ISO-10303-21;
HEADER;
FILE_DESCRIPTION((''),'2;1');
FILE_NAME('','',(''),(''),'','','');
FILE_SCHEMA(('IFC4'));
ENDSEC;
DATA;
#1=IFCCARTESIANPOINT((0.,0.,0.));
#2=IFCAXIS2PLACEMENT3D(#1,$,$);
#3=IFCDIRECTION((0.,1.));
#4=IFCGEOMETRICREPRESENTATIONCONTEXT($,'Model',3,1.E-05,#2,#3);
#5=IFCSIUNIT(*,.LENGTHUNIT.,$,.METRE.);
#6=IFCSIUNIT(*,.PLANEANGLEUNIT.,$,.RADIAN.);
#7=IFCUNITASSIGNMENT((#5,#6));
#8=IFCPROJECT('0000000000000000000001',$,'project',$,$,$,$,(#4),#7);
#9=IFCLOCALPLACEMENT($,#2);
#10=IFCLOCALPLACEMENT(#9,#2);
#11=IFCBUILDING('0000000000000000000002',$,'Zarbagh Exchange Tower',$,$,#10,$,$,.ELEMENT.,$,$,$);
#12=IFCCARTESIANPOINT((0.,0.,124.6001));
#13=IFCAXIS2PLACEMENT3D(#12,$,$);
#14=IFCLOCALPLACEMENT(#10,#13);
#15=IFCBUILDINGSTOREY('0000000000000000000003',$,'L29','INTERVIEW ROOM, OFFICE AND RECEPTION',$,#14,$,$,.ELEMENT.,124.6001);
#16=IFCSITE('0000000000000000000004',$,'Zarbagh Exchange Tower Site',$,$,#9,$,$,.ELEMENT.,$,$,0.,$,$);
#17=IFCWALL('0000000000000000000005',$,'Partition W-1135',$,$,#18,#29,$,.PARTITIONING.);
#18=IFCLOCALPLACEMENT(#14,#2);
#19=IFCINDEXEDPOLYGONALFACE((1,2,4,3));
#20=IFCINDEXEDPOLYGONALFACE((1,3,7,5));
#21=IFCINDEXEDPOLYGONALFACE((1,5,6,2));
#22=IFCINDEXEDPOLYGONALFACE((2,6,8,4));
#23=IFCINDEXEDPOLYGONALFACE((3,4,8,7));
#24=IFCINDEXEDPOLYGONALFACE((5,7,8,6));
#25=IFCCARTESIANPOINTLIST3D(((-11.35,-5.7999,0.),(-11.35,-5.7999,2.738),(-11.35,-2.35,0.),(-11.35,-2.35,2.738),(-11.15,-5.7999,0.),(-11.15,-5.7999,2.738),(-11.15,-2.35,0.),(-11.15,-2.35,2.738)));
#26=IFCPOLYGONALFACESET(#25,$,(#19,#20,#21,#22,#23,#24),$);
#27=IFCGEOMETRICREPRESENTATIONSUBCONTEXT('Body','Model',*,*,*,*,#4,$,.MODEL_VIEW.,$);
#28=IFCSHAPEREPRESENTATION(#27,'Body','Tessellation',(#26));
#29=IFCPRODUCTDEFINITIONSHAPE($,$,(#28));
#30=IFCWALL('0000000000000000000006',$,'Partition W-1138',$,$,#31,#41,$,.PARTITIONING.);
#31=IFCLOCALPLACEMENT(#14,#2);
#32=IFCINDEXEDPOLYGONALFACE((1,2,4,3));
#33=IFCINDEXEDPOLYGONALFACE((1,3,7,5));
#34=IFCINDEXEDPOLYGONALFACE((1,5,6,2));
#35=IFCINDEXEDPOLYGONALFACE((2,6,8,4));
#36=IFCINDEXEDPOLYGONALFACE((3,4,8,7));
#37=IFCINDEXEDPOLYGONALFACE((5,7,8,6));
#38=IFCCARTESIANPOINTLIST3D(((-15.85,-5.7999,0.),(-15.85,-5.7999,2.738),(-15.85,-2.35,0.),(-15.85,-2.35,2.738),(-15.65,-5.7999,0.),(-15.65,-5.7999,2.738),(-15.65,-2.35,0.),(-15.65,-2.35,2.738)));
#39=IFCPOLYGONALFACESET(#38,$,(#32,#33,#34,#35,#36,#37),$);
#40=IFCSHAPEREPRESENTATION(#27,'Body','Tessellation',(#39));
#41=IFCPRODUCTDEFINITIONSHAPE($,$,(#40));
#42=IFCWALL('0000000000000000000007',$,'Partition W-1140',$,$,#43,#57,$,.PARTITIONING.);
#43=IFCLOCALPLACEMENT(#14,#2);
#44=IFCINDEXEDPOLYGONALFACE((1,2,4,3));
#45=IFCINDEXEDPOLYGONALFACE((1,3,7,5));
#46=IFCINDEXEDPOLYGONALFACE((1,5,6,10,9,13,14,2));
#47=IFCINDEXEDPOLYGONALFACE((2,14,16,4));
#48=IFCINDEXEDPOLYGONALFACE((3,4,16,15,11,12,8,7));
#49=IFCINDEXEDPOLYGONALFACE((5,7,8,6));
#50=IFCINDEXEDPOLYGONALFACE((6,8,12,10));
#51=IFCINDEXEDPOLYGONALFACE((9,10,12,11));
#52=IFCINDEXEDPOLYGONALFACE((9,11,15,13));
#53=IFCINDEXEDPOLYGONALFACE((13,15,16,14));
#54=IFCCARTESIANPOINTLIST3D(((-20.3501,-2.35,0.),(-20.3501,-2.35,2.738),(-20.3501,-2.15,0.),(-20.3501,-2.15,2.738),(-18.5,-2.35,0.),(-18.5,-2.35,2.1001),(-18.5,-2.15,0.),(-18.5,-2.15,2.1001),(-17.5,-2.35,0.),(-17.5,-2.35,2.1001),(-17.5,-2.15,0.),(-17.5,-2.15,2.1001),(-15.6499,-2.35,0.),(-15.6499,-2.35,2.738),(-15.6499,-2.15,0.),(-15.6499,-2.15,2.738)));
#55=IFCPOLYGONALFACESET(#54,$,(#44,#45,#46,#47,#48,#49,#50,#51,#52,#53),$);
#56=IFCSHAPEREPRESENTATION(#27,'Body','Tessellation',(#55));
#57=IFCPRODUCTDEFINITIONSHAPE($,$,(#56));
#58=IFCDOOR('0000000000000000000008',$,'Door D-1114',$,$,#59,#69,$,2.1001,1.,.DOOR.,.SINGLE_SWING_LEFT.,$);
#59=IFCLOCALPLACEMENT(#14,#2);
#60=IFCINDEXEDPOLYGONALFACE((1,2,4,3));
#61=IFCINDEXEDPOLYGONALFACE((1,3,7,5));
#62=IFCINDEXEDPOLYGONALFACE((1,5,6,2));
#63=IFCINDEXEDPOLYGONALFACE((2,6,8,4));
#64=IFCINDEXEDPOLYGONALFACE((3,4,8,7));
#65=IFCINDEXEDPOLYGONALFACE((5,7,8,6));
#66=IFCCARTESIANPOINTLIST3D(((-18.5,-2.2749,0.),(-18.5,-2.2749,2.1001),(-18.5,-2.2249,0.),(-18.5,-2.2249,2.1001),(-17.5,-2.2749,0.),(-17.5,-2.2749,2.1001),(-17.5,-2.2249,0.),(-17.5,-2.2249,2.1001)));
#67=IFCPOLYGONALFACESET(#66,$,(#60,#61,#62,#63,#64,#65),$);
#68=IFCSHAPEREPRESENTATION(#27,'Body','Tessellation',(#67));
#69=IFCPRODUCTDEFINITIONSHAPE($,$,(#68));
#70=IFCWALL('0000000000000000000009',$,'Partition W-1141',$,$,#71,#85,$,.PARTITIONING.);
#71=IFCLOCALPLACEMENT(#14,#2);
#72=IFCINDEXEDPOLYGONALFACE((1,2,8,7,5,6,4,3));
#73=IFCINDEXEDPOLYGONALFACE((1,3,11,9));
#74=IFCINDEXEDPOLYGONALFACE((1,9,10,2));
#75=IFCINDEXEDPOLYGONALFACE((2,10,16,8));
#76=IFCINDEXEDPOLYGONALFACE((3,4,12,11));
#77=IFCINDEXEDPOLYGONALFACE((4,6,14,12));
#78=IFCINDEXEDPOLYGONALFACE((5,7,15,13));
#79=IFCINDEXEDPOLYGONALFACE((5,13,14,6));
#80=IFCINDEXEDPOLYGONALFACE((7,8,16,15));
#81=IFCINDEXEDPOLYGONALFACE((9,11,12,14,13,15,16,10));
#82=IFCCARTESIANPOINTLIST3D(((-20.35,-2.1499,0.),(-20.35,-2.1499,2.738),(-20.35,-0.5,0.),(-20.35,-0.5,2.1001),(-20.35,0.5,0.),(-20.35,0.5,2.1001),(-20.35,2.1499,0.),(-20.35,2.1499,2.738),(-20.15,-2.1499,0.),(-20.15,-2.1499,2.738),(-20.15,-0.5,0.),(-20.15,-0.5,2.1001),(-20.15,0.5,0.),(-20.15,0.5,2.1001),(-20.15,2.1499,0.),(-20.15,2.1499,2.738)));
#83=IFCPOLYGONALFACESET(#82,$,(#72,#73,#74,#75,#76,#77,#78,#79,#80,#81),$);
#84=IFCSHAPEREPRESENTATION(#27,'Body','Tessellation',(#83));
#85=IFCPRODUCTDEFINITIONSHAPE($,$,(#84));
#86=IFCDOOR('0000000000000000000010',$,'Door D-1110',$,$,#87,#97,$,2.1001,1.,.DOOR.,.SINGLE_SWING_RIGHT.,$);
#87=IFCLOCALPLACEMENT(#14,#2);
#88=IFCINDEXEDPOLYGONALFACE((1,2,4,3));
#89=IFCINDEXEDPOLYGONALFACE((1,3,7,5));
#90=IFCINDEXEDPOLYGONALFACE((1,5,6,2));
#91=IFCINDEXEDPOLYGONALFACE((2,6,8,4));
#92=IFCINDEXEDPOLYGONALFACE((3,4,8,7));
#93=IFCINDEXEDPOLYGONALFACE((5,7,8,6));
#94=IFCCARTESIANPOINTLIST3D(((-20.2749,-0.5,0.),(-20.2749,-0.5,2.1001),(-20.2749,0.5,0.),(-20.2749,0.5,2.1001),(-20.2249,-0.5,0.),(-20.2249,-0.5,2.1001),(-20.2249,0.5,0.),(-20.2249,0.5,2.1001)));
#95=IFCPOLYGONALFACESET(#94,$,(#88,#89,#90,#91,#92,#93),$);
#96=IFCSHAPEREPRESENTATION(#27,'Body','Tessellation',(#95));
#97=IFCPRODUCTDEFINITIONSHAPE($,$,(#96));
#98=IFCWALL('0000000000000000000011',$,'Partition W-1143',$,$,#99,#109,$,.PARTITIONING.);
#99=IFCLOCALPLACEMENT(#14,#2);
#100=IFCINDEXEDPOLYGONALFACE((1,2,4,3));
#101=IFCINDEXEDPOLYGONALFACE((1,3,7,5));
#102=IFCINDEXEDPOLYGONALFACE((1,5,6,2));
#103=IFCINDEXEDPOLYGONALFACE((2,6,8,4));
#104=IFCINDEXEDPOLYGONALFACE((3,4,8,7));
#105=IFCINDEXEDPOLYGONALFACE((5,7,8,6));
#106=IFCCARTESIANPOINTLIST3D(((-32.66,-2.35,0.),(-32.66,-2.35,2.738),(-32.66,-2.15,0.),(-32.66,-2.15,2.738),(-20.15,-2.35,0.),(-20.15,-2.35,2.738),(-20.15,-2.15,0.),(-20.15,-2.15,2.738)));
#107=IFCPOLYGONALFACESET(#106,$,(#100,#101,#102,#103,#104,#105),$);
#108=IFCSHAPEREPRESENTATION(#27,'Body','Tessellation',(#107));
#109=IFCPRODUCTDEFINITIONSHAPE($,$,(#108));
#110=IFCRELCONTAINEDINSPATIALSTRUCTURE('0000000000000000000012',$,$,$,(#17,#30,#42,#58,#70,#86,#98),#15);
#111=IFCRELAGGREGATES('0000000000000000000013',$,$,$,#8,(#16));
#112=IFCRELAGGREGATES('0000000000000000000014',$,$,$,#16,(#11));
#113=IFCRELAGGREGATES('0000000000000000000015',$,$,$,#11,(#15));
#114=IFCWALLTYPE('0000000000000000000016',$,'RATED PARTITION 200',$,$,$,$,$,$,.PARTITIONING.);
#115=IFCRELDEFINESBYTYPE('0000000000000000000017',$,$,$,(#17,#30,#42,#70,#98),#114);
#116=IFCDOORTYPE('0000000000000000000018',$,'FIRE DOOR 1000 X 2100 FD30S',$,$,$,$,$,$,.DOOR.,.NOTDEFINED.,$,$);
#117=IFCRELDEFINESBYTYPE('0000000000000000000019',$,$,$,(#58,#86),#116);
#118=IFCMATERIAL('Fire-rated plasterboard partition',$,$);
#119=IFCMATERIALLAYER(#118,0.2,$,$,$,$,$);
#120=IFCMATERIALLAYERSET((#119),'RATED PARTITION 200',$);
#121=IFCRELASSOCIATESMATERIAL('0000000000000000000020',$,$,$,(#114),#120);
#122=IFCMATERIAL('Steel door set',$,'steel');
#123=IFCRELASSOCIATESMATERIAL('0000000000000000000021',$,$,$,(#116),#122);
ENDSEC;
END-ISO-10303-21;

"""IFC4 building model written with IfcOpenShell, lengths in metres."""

from ifc_helpers import new_model, si_unit, direction, frame, frame_2d, origin, place, context, subcontext, project, spatial, rectangle, extrude, material, layer, layer_set, type_object, element, fill, save


model = new_model("IFC4")

# Units and contexts
model_context = context("Model", 3, precision=1e-05, world=origin(), true_north=direction((0.0, 1.0)))
body_context = subcontext(model_context, "Body", "Model", "MODEL_VIEW")
ifc_project = project(units=[si_unit("LENGTHUNIT", "METRE"), si_unit("PLANEANGLEUNIT", "RADIAN")], contexts=[model_context])

# Site, building, storey
site_placement = place(None, origin())
site = spatial("IfcSite", under=ifc_project, at=site_placement, Name="Zarbagh Exchange Tower Site", CompositionType="ELEMENT", RefElevation=0.0)
building_placement = place(site_placement, origin())
building = spatial("IfcBuilding", under=site, at=building_placement, Name="Zarbagh Exchange Tower", CompositionType="ELEMENT")
storey_placement = place(building_placement, frame((0.0, 0.0, 124.6001)))
storey = spatial("IfcBuildingStorey", under=building, at=storey_placement, Name="L29", Description="INTERVIEW ROOM, OFFICE AND RECEPTION", CompositionType="ELEMENT", Elevation=124.6001)

# Shared definitions
ifc_material_1 = material(Name="Fire-rated plasterboard partition")
ifc_layer = layer(ifc_material_1, 0.2)
ifc_layer_set = layer_set([ifc_layer], Name="RATED PARTITION 200")
wall_type = type_object("IfcWallType", Name="RATED PARTITION 200", PredefinedType="PARTITIONING", material=ifc_layer_set)

# Shared definitions
ifc_material_2 = material(Name="Steel door set", Category="steel")
door_type = type_object("IfcDoorType", Name="FIRE DOOR 1000 X 2100 FD30S", OperationType="NOTDEFINED", PredefinedType="DOOR", material=ifc_material_2)

# Walls
for number, where, z_axis, x_axis, name in (
    (1, (-11.25, -5.8, 0.0), (0.0, 0.0, 1.0), (0.0, 1.0, 0.0), "Partition W-1135"),
    (2, (-15.75, -5.8, 0.0), (0.0, 0.0, 1.0), (0.0, 1.0, 0.0), "Partition W-1138"),
):
    element("IfcWall", number, at=place(storey_placement, frame(where, z_axis=z_axis, x_axis=x_axis)), inside=storey, type_object=wall_type, Name=name, PredefinedType="PARTITIONING", context=body_context, shape_type="SweptSolid", body=[
        extrude(rectangle(XDim=3.45, YDim=0.2, at=frame_2d((1.7251, 0.0))), origin(), (0.0, 0.0, 1.0), 2.738),
    ])

# Walls, openings, doors
wall_1_placement = place(storey_placement, frame((-15.6499, -2.25, 0.0), z_axis=(0.0, 0.0, 1.0), x_axis=(-1.0, 0.0, 0.0)))
wall_1 = element("IfcWall", 3, at=wall_1_placement, inside=storey, type_object=wall_type, Name="Partition W-1140", PredefinedType="PARTITIONING", context=body_context, shape_type="SweptSolid", body=[
    extrude(rectangle(XDim=4.7002, YDim=0.2, at=frame_2d((2.3501, 0.0))), origin(), (0.0, 0.0, 1.0), 2.738),
])
opening_1_placement = place(wall_1_placement, frame((1.8501, 0.0, 0.0)))
opening_1 = element("IfcOpeningElement", 4, at=opening_1_placement, cuts=wall_1, PredefinedType="OPENING", context=body_context, shape_type="SweptSolid", body=[
    extrude(rectangle(XDim=1.0, YDim=2.1001, at=frame_2d((0.5, 1.05))), frame((0.0, 0.1099, 0.0), z_axis=(0.0, -1.0, 0.0), x_axis=(1.0, 0.0, 0.0)), (0.0, 0.0, 1.0), 0.22),
])
door_1_placement = place(opening_1_placement, origin())
door_1 = element("IfcDoor", 5, at=door_1_placement, inside=storey, type_object=door_type, Name="Door D-1114", OperationType="SINGLE_SWING_LEFT", OverallHeight=2.1001, OverallWidth=1.0, PredefinedType="DOOR", context=body_context, shape_type="SweptSolid", body=[
    extrude(rectangle(XDim=1.0, YDim=2.1001, at=frame_2d((0.5, 1.05))), frame((0.0, 0.0249, 0.0), z_axis=(0.0, -1.0, 0.0), x_axis=(1.0, 0.0, 0.0)), (0.0, 0.0, 1.0), 0.05),
])
fill(opening_1, door_1)
wall_2_placement = place(storey_placement, frame((-20.25, -2.1499, 0.0), z_axis=(0.0, 0.0, 1.0), x_axis=(0.0, 1.0, 0.0)))
wall_2 = element("IfcWall", 6, at=wall_2_placement, inside=storey, type_object=wall_type, Name="Partition W-1141", PredefinedType="PARTITIONING", context=body_context, shape_type="SweptSolid", body=[
    extrude(rectangle(XDim=4.2998, YDim=0.2, at=frame_2d((2.1499, 0.0))), origin(), (0.0, 0.0, 1.0), 2.738),
])
opening_2_placement = place(wall_2_placement, frame((1.6499, 0.0, 0.0)))
opening_2 = element("IfcOpeningElement", 7, at=opening_2_placement, cuts=wall_2, PredefinedType="OPENING", context=body_context, shape_type="SweptSolid", body=[
    extrude(rectangle(XDim=1.0, YDim=2.1001, at=frame_2d((0.5, 1.05))), frame((0.0, 0.1099, 0.0), z_axis=(0.0, -1.0, 0.0), x_axis=(1.0, 0.0, 0.0)), (0.0, 0.0, 1.0), 0.22),
])
door_2_placement = place(opening_2_placement, origin())
door_2 = element("IfcDoor", 8, at=door_2_placement, inside=storey, type_object=door_type, Name="Door D-1110", OperationType="SINGLE_SWING_RIGHT", OverallHeight=2.1001, OverallWidth=1.0, PredefinedType="DOOR", context=body_context, shape_type="SweptSolid", body=[
    extrude(rectangle(XDim=1.0, YDim=2.1001, at=frame_2d((0.5, 1.05))), frame((0.0, 0.0249, 0.0), z_axis=(0.0, -1.0, 0.0), x_axis=(1.0, 0.0, 0.0)), (0.0, 0.0, 1.0), 0.05),
])
fill(opening_2, door_2)

# Wall
wall_3_placement = place(storey_placement, frame((-32.6599, -2.25, 0.0), z_axis=(0.0, 0.0, 1.0), x_axis=(1.0, 0.0, 0.0)))
element("IfcWall", 9, at=wall_3_placement, inside=storey, type_object=wall_type, Name="Partition W-1143", PredefinedType="PARTITIONING", context=body_context, shape_type="SweptSolid", body=[
    extrude(rectangle(XDim=12.51, YDim=0.2, at=frame_2d((6.2549, 0.0))), origin(), (0.0, 0.0, 1.0), 2.738),
])

save(model, "model.ifc")
